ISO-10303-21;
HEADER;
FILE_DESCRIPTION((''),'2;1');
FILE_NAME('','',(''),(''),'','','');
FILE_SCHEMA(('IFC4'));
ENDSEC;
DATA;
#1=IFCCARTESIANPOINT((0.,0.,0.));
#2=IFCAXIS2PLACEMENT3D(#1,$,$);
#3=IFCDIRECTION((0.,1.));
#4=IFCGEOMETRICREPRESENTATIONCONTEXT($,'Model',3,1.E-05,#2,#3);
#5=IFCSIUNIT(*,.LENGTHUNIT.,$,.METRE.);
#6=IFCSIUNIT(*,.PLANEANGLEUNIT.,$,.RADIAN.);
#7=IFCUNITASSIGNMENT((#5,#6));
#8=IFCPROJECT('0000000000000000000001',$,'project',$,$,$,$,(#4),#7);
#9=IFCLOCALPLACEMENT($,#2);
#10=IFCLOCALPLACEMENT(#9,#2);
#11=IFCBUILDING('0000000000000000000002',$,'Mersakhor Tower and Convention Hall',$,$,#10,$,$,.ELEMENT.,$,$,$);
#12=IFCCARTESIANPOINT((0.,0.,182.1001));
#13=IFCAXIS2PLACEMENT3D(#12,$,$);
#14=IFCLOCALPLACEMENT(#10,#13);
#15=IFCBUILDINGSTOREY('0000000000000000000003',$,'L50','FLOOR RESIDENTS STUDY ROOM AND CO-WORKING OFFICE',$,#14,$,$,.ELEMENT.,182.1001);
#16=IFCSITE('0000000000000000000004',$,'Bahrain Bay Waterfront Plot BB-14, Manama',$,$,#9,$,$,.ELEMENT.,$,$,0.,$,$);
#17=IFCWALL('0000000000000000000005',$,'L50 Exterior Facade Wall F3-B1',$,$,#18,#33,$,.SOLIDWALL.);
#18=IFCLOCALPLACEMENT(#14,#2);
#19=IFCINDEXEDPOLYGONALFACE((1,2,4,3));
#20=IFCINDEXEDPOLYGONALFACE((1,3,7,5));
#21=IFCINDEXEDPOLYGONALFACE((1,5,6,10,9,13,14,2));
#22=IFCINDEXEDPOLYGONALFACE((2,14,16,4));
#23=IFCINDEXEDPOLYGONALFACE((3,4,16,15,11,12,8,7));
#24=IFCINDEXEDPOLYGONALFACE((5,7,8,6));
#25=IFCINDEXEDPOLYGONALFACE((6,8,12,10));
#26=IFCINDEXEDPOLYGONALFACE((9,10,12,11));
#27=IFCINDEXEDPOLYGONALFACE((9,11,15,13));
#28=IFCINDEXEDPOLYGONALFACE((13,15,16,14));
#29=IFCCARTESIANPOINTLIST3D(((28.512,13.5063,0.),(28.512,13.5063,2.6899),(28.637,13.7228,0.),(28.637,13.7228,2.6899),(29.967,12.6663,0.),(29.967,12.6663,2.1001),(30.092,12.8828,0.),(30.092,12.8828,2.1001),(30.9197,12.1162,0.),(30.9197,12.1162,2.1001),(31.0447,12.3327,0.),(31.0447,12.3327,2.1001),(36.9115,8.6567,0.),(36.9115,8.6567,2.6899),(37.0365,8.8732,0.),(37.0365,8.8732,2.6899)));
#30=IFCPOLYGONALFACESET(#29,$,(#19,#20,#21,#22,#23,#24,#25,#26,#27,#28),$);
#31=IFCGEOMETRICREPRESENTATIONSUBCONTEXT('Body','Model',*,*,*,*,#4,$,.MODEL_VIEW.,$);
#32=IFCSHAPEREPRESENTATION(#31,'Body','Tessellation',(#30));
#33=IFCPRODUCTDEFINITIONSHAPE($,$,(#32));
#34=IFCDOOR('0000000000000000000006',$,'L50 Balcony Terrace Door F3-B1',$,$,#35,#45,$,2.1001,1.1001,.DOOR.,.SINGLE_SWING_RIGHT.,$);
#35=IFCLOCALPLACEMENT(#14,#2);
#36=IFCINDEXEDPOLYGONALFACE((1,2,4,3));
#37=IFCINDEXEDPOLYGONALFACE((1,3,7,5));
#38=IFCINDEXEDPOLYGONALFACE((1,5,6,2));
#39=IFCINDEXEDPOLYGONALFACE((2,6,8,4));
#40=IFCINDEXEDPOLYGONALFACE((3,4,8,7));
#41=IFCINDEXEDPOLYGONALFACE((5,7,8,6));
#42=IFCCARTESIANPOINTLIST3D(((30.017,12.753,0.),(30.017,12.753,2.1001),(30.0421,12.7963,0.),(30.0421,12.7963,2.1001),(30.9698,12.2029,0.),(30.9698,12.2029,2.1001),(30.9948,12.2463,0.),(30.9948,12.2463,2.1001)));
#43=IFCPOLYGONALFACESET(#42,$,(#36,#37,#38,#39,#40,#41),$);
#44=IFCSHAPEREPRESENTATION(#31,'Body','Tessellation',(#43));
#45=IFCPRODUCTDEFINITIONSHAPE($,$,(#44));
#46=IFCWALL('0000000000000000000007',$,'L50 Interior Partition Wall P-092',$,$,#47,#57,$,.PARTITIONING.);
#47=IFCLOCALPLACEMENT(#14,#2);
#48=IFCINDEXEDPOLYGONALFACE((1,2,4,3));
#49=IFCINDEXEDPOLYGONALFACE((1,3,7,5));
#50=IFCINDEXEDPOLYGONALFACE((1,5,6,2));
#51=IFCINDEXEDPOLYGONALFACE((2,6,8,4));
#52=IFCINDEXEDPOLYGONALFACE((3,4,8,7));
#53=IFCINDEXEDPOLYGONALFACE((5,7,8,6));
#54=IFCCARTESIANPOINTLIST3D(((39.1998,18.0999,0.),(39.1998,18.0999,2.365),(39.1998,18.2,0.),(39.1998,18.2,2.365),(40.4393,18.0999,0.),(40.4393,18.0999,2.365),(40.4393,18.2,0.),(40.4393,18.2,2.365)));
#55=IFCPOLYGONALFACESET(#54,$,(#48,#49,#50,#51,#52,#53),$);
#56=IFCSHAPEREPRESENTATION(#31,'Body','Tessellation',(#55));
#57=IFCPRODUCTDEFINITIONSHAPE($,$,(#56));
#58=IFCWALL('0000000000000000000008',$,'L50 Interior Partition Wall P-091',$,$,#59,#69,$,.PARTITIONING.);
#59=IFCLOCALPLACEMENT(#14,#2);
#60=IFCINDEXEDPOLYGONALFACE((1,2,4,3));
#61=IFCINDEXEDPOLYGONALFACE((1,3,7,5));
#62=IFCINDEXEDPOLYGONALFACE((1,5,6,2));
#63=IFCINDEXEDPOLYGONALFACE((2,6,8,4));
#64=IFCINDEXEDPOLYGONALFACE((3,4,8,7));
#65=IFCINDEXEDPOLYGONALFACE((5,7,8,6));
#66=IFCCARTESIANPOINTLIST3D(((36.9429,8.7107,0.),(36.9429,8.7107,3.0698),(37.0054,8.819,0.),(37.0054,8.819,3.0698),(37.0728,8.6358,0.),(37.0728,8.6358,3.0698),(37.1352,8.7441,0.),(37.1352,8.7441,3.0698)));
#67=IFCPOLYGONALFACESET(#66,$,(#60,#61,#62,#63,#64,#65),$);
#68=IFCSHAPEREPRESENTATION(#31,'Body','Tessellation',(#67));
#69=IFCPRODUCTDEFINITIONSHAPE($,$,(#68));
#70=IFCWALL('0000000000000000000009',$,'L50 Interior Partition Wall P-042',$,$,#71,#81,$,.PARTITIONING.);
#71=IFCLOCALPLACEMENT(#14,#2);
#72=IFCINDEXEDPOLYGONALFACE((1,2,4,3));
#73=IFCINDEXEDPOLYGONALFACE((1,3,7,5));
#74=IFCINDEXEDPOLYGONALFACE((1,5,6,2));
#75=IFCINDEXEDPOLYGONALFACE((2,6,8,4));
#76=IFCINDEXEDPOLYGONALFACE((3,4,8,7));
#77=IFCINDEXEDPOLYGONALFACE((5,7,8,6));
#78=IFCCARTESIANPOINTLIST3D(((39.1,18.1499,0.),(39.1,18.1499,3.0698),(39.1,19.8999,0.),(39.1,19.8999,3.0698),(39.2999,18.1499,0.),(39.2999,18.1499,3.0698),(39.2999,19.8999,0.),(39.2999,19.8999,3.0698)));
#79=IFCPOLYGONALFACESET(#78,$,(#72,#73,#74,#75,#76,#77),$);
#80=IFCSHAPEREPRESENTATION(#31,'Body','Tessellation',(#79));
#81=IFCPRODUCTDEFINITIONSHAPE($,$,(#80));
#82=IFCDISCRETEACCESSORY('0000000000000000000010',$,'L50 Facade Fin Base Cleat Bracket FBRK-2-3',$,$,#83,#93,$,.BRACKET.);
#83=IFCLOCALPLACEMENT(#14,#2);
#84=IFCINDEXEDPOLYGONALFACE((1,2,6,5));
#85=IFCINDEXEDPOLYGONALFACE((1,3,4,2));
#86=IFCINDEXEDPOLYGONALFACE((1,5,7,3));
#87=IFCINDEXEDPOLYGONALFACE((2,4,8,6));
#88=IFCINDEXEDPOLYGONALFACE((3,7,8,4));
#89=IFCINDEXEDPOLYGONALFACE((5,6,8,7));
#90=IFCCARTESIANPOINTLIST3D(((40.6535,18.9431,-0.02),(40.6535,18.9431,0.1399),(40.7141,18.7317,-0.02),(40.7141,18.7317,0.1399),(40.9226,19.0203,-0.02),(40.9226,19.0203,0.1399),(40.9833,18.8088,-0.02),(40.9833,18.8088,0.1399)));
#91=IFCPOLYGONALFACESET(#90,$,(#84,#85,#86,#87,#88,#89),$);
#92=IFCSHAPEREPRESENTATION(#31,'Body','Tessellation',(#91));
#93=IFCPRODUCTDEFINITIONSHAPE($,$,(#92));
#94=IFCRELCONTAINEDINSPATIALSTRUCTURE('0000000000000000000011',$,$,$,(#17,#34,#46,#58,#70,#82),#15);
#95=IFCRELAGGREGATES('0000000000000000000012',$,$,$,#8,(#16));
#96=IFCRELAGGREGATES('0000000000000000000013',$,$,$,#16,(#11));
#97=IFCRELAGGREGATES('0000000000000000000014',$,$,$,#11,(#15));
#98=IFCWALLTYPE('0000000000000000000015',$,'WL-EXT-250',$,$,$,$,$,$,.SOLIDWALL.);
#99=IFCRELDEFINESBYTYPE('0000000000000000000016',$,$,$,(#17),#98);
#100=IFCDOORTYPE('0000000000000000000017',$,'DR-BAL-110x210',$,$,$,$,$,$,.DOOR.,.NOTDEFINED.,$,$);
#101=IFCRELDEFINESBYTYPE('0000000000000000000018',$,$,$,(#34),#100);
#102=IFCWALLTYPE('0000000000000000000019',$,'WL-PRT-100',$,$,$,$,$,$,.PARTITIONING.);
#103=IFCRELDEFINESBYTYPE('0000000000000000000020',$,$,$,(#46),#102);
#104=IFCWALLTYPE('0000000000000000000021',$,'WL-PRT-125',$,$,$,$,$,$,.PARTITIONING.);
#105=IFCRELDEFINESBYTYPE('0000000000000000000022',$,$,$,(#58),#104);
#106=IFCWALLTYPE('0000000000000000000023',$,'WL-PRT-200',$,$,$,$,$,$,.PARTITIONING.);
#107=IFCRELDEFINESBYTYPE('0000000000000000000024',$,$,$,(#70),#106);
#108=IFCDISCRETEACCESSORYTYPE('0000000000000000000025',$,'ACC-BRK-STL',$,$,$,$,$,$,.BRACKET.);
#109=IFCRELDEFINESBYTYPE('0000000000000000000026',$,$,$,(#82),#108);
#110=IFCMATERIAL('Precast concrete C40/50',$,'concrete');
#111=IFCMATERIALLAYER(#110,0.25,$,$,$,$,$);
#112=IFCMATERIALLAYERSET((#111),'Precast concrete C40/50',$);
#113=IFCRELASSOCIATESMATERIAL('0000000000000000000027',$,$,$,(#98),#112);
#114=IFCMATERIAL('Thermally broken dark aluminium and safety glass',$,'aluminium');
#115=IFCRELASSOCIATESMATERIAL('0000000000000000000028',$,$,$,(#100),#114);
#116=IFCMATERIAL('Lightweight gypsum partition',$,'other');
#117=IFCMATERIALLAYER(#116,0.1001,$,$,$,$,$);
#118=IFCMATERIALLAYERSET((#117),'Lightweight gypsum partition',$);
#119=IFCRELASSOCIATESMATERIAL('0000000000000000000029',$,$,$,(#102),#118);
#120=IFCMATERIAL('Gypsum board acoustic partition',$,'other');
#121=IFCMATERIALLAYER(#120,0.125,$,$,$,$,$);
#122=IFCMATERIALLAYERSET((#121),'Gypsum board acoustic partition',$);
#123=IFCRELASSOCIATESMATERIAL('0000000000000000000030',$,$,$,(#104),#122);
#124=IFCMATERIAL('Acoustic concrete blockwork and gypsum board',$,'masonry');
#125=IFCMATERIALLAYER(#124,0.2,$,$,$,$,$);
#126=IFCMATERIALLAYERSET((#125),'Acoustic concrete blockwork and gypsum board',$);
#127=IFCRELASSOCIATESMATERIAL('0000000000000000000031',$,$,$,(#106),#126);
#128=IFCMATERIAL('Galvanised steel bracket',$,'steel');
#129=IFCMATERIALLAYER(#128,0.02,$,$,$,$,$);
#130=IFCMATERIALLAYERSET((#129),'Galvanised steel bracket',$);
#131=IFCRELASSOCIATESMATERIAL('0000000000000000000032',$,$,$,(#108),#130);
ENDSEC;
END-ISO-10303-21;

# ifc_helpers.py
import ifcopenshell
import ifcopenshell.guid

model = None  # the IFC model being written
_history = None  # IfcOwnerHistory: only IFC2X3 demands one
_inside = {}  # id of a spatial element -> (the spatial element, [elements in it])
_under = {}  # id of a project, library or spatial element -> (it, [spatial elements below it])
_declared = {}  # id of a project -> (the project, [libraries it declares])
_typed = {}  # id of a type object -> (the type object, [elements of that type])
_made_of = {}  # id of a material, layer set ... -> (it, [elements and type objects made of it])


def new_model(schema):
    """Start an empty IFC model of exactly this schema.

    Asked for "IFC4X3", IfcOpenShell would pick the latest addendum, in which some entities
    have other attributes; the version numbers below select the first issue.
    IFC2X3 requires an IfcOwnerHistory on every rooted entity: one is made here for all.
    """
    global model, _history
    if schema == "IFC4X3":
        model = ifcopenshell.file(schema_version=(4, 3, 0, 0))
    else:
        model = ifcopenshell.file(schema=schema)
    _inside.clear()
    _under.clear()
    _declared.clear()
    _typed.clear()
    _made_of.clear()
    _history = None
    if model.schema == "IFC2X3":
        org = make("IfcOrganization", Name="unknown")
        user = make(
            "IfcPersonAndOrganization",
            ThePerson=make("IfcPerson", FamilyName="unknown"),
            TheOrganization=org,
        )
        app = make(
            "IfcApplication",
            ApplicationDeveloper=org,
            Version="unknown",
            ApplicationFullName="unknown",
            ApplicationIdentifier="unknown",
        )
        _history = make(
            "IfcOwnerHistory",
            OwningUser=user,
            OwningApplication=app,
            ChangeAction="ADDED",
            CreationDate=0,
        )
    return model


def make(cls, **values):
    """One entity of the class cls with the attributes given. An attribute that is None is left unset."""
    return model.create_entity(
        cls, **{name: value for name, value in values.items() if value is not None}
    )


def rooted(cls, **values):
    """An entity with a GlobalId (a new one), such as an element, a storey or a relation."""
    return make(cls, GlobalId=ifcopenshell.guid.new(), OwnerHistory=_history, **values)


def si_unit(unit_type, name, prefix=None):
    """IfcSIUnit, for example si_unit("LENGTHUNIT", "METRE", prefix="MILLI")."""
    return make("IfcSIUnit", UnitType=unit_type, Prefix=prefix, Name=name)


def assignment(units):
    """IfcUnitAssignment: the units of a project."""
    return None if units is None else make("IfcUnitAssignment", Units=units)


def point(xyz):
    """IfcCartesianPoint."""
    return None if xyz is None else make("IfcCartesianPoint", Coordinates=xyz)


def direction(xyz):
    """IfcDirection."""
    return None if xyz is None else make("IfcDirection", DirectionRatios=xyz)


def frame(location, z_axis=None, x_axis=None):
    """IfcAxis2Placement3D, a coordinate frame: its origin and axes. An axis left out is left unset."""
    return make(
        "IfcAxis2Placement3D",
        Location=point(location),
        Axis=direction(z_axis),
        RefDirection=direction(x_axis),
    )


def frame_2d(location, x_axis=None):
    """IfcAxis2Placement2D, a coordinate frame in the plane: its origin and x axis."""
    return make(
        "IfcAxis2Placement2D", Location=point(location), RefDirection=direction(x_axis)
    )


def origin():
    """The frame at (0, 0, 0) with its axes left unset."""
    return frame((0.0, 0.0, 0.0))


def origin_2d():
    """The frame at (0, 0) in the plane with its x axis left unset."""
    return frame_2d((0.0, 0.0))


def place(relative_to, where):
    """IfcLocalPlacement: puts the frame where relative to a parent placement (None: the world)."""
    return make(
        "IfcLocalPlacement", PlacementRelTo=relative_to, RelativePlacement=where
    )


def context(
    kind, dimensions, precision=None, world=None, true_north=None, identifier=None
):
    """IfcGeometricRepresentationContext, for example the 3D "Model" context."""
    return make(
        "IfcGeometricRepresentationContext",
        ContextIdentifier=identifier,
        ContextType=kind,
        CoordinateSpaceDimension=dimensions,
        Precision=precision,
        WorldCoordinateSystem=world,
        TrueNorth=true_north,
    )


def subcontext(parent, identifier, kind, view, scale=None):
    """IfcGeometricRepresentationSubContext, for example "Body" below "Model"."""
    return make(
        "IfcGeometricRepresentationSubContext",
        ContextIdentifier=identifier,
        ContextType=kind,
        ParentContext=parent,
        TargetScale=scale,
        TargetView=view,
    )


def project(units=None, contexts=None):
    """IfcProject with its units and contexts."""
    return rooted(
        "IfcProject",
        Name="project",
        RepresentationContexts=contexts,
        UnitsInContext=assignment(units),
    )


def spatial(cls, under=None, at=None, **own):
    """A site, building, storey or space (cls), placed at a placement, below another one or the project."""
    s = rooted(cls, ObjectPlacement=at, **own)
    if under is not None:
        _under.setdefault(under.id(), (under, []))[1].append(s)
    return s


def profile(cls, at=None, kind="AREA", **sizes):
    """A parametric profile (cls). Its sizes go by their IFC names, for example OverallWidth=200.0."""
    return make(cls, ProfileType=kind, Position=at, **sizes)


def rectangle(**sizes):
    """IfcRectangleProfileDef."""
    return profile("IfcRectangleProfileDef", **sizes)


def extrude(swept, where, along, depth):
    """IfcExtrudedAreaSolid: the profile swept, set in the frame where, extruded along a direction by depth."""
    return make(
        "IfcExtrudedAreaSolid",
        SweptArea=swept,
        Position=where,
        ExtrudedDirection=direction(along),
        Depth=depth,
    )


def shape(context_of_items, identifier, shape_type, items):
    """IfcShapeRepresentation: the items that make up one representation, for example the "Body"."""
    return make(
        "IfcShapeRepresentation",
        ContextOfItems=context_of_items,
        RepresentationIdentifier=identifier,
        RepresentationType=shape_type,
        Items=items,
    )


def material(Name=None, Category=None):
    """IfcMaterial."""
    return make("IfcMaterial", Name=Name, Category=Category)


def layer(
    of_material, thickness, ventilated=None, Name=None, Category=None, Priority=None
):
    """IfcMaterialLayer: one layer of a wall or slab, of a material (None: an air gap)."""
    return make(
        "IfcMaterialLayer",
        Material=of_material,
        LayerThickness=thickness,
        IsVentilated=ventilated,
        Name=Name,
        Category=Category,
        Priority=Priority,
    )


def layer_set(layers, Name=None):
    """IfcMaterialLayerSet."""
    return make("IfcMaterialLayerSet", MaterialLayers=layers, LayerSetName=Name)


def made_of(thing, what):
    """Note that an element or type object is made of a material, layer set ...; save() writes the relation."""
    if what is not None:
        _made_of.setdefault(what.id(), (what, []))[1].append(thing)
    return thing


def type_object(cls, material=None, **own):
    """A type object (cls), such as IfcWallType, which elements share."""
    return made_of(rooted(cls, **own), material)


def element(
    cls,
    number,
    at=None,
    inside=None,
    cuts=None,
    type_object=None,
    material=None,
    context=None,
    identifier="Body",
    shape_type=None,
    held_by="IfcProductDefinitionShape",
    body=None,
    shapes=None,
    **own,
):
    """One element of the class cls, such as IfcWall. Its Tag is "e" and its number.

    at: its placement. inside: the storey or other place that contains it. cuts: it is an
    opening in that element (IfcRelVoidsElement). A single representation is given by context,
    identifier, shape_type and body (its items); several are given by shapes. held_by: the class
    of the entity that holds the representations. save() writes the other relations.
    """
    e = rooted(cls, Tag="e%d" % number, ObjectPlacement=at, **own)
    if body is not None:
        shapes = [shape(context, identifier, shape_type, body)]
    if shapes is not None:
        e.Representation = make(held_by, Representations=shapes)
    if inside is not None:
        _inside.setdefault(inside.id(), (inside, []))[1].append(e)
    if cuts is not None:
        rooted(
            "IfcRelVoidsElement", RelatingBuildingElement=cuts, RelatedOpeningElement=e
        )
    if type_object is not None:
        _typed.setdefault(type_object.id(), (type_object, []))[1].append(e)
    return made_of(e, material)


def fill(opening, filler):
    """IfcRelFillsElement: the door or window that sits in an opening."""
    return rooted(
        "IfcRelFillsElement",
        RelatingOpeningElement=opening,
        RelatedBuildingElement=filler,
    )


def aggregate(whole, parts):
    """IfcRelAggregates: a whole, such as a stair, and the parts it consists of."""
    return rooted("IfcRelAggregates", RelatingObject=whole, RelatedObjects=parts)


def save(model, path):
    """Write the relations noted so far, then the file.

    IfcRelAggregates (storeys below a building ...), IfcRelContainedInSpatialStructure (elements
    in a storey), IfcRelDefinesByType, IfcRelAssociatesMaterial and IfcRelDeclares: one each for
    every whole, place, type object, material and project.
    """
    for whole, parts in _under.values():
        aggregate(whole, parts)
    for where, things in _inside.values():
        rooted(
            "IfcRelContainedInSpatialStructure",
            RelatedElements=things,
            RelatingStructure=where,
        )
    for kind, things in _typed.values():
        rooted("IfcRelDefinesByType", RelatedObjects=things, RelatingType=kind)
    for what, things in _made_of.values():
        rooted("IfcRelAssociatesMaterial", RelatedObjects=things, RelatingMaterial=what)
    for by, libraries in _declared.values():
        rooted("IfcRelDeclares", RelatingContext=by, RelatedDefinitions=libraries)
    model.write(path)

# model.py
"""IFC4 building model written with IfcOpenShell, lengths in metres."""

from ifc_helpers import new_model, si_unit, direction, frame, frame_2d, origin, origin_2d, place, context, subcontext, project, spatial, rectangle, extrude, material, layer, layer_set, type_object, element, fill, save


model = new_model("IFC4")

# Units and contexts
model_context = context("Model", 3, precision=1e-05, world=origin(), true_north=direction((0.0, 1.0)))
body_context = subcontext(model_context, "Body", "Model", "MODEL_VIEW")
ifc_project = project(units=[si_unit("LENGTHUNIT", "METRE"), si_unit("PLANEANGLEUNIT", "RADIAN")], contexts=[model_context])

# Site, building, storey
site_placement = place(None, origin())
site = spatial("IfcSite", under=ifc_project, at=site_placement, Name="Bahrain Bay Waterfront Plot BB-14, Manama", CompositionType="ELEMENT", RefElevation=0.0)
building_placement = place(site_placement, origin())
building = spatial("IfcBuilding", under=site, at=building_placement, Name="Mersakhor Tower and Convention Hall", CompositionType="ELEMENT")
storey_placement = place(building_placement, frame((0.0, 0.0, 182.1001)))
storey = spatial("IfcBuildingStorey", under=building, at=storey_placement, Name="L50", Description="FLOOR RESIDENTS STUDY ROOM AND CO-WORKING OFFICE", CompositionType="ELEMENT", Elevation=182.1001)

# Shared definitions
ifc_material_1 = material(Name="Precast concrete C40/50", Category="concrete")
ifc_layer_1 = layer(ifc_material_1, 0.25)
ifc_layer_set_1 = layer_set([ifc_layer_1], Name="Precast concrete C40/50")
wall_type_1 = type_object("IfcWallType", Name="WL-EXT-250", PredefinedType="SOLIDWALL", material=ifc_layer_set_1)

# Wall, opening, door
wall_1_placement = place(storey_placement, frame((36.9741, 8.7649, 0.0), z_axis=(0.0, 0.0, 1.0), x_axis=(-0.866016, 0.500016, 0.0)))
wall_1 = element("IfcWall", 1, at=wall_1_placement, inside=storey, type_object=wall_type_1, Name="L50 Exterior Facade Wall F3-B1", PredefinedType="SOLIDWALL", context=body_context, shape_type="SweptSolid", body=[
    extrude(rectangle(XDim=9.699, YDim=0.25, at=frame_2d((4.8496, 0.0))), origin(), (0.0, 0.0, 1.0), 2.6899),
])
opening_1_placement = place(wall_1_placement, frame((6.9189, 0.0, 0.0)))
opening_1 = element("IfcOpeningElement", 2, at=opening_1_placement, cuts=wall_1, PredefinedType="OPENING", context=body_context, shape_type="SweptSolid", body=[
    extrude(rectangle(XDim=1.1001, YDim=2.1001, at=frame_2d((0.55, 1.05))), frame((0.0, 0.135, 0.0), z_axis=(0.0, -1.0, 0.0), x_axis=(1.0, 0.0, 0.0)), (0.0, 0.0, 1.0), 0.27),
])
ifc_material_2 = material(Name="Thermally broken dark aluminium and safety glass", Category="aluminium")
door_type_1 = type_object("IfcDoorType", Name="DR-BAL-110x210", OperationType="NOTDEFINED", PredefinedType="DOOR", material=ifc_material_2)
door_1_placement = place(opening_1_placement, origin())
door_1 = element("IfcDoor", 3, at=door_1_placement, inside=storey, type_object=door_type_1, Name="L50 Balcony Terrace Door F3-B1", OperationType="SINGLE_SWING_RIGHT", OverallHeight=2.1001, OverallWidth=1.1001, PredefinedType="DOOR", context=body_context, shape_type="SweptSolid", body=[
    extrude(rectangle(XDim=1.1001, YDim=2.1001, at=frame_2d((0.55, 1.05))), frame((0.0, 0.0249, 0.0), z_axis=(0.0, -1.0, 0.0), x_axis=(1.0, 0.0, 0.0)), (0.0, 0.0, 1.0), 0.05),
])
fill(opening_1, door_1)

# Walls
ifc_material_3 = material(Name="Lightweight gypsum partition", Category="other")
ifc_layer_2 = layer(ifc_material_3, 0.1001)
ifc_layer_set_2 = layer_set([ifc_layer_2], Name="Lightweight gypsum partition")
wall_type_2 = type_object("IfcWallType", Name="WL-PRT-100", PredefinedType="PARTITIONING", material=ifc_layer_set_2)
wall_2_placement = place(storey_placement, frame((39.2, 18.1499, 0.0), z_axis=(0.0, 0.0, 1.0), x_axis=(1.0, 0.0, 0.0)))
element("IfcWall", 4, at=wall_2_placement, inside=storey, type_object=wall_type_2, Name="L50 Interior Partition Wall P-092", PredefinedType="PARTITIONING", context=body_context, shape_type="SweptSolid", body=[
    extrude(rectangle(XDim=1.2395, YDim=0.1001, at=frame_2d((0.6196, 0.0))), origin(), (0.0, 0.0, 1.0), 2.365),
])
ifc_material_4 = material(Name="Gypsum board acoustic partition", Category="other")
ifc_layer_3 = layer(ifc_material_4, 0.125)
ifc_layer_set_3 = layer_set([ifc_layer_3], Name="Gypsum board acoustic partition")
wall_type_3 = type_object("IfcWallType", Name="WL-PRT-125", PredefinedType="PARTITIONING", material=ifc_layer_set_3)
wall_3_placement = place(storey_placement, frame((37.104, 8.6899, 0.0), z_axis=(0.0, 0.0, 1.0), x_axis=(-0.866131, 0.499816, 0.0)))
element("IfcWall", 5, at=wall_3_placement, inside=storey, type_object=wall_type_3, Name="L50 Interior Partition Wall P-091", PredefinedType="PARTITIONING", context=body_context, shape_type="SweptSolid", body=[
    extrude(rectangle(XDim=0.1499, YDim=0.125, at=frame_2d((0.075, 0.0))), origin(), (0.0, 0.0, 1.0), 3.0698),
])
ifc_material_5 = material(Name="Acoustic concrete blockwork and gypsum board", Category="masonry")
ifc_layer_4 = layer(ifc_material_5, 0.2)
ifc_layer_set_4 = layer_set([ifc_layer_4], Name="Acoustic concrete blockwork and gypsum board")
wall_type_4 = type_object("IfcWallType", Name="WL-PRT-200", PredefinedType="PARTITIONING", material=ifc_layer_set_4)
wall_4_placement = place(storey_placement, frame((39.2, 19.8999, 0.0), z_axis=(0.0, 0.0, 1.0), x_axis=(0.0, -1.0, 0.0)))
element("IfcWall", 6, at=wall_4_placement, inside=storey, type_object=wall_type_4, Name="L50 Interior Partition Wall P-042", PredefinedType="PARTITIONING", context=body_context, shape_type="SweptSolid", body=[
    extrude(rectangle(XDim=1.75, YDim=0.2, at=frame_2d((0.875, 0.0))), origin(), (0.0, 0.0, 1.0), 3.0698),
])

# Discrete accessory
ifc_material_6 = material(Name="Galvanised steel bracket", Category="steel")
ifc_layer_5 = layer(ifc_material_6, 0.02)
ifc_layer_set_5 = layer_set([ifc_layer_5], Name="Galvanised steel bracket")
discrete_accessory_type = type_object("IfcDiscreteAccessoryType", Name="ACC-BRK-STL", PredefinedType="BRACKET", material=ifc_layer_set_5)
discrete_accessory_placement = place(storey_placement, frame((40.8184, 18.876, -0.02), z_axis=(0.0, 0.0, 1.0), x_axis=(0.961262, 0.275637, 0.0)))
element("IfcDiscreteAccessory", 7, at=discrete_accessory_placement, inside=storey, type_object=discrete_accessory_type, Name="L50 Facade Fin Base Cleat Bracket FBRK-2-3", PredefinedType="BRACKET", context=body_context, shape_type="SweptSolid", body=[
    extrude(rectangle(XDim=0.28, YDim=0.22, at=origin_2d()), origin(), (0.0, 0.0, 1.0), 0.1599),
])

save(model, "model.ifc")
